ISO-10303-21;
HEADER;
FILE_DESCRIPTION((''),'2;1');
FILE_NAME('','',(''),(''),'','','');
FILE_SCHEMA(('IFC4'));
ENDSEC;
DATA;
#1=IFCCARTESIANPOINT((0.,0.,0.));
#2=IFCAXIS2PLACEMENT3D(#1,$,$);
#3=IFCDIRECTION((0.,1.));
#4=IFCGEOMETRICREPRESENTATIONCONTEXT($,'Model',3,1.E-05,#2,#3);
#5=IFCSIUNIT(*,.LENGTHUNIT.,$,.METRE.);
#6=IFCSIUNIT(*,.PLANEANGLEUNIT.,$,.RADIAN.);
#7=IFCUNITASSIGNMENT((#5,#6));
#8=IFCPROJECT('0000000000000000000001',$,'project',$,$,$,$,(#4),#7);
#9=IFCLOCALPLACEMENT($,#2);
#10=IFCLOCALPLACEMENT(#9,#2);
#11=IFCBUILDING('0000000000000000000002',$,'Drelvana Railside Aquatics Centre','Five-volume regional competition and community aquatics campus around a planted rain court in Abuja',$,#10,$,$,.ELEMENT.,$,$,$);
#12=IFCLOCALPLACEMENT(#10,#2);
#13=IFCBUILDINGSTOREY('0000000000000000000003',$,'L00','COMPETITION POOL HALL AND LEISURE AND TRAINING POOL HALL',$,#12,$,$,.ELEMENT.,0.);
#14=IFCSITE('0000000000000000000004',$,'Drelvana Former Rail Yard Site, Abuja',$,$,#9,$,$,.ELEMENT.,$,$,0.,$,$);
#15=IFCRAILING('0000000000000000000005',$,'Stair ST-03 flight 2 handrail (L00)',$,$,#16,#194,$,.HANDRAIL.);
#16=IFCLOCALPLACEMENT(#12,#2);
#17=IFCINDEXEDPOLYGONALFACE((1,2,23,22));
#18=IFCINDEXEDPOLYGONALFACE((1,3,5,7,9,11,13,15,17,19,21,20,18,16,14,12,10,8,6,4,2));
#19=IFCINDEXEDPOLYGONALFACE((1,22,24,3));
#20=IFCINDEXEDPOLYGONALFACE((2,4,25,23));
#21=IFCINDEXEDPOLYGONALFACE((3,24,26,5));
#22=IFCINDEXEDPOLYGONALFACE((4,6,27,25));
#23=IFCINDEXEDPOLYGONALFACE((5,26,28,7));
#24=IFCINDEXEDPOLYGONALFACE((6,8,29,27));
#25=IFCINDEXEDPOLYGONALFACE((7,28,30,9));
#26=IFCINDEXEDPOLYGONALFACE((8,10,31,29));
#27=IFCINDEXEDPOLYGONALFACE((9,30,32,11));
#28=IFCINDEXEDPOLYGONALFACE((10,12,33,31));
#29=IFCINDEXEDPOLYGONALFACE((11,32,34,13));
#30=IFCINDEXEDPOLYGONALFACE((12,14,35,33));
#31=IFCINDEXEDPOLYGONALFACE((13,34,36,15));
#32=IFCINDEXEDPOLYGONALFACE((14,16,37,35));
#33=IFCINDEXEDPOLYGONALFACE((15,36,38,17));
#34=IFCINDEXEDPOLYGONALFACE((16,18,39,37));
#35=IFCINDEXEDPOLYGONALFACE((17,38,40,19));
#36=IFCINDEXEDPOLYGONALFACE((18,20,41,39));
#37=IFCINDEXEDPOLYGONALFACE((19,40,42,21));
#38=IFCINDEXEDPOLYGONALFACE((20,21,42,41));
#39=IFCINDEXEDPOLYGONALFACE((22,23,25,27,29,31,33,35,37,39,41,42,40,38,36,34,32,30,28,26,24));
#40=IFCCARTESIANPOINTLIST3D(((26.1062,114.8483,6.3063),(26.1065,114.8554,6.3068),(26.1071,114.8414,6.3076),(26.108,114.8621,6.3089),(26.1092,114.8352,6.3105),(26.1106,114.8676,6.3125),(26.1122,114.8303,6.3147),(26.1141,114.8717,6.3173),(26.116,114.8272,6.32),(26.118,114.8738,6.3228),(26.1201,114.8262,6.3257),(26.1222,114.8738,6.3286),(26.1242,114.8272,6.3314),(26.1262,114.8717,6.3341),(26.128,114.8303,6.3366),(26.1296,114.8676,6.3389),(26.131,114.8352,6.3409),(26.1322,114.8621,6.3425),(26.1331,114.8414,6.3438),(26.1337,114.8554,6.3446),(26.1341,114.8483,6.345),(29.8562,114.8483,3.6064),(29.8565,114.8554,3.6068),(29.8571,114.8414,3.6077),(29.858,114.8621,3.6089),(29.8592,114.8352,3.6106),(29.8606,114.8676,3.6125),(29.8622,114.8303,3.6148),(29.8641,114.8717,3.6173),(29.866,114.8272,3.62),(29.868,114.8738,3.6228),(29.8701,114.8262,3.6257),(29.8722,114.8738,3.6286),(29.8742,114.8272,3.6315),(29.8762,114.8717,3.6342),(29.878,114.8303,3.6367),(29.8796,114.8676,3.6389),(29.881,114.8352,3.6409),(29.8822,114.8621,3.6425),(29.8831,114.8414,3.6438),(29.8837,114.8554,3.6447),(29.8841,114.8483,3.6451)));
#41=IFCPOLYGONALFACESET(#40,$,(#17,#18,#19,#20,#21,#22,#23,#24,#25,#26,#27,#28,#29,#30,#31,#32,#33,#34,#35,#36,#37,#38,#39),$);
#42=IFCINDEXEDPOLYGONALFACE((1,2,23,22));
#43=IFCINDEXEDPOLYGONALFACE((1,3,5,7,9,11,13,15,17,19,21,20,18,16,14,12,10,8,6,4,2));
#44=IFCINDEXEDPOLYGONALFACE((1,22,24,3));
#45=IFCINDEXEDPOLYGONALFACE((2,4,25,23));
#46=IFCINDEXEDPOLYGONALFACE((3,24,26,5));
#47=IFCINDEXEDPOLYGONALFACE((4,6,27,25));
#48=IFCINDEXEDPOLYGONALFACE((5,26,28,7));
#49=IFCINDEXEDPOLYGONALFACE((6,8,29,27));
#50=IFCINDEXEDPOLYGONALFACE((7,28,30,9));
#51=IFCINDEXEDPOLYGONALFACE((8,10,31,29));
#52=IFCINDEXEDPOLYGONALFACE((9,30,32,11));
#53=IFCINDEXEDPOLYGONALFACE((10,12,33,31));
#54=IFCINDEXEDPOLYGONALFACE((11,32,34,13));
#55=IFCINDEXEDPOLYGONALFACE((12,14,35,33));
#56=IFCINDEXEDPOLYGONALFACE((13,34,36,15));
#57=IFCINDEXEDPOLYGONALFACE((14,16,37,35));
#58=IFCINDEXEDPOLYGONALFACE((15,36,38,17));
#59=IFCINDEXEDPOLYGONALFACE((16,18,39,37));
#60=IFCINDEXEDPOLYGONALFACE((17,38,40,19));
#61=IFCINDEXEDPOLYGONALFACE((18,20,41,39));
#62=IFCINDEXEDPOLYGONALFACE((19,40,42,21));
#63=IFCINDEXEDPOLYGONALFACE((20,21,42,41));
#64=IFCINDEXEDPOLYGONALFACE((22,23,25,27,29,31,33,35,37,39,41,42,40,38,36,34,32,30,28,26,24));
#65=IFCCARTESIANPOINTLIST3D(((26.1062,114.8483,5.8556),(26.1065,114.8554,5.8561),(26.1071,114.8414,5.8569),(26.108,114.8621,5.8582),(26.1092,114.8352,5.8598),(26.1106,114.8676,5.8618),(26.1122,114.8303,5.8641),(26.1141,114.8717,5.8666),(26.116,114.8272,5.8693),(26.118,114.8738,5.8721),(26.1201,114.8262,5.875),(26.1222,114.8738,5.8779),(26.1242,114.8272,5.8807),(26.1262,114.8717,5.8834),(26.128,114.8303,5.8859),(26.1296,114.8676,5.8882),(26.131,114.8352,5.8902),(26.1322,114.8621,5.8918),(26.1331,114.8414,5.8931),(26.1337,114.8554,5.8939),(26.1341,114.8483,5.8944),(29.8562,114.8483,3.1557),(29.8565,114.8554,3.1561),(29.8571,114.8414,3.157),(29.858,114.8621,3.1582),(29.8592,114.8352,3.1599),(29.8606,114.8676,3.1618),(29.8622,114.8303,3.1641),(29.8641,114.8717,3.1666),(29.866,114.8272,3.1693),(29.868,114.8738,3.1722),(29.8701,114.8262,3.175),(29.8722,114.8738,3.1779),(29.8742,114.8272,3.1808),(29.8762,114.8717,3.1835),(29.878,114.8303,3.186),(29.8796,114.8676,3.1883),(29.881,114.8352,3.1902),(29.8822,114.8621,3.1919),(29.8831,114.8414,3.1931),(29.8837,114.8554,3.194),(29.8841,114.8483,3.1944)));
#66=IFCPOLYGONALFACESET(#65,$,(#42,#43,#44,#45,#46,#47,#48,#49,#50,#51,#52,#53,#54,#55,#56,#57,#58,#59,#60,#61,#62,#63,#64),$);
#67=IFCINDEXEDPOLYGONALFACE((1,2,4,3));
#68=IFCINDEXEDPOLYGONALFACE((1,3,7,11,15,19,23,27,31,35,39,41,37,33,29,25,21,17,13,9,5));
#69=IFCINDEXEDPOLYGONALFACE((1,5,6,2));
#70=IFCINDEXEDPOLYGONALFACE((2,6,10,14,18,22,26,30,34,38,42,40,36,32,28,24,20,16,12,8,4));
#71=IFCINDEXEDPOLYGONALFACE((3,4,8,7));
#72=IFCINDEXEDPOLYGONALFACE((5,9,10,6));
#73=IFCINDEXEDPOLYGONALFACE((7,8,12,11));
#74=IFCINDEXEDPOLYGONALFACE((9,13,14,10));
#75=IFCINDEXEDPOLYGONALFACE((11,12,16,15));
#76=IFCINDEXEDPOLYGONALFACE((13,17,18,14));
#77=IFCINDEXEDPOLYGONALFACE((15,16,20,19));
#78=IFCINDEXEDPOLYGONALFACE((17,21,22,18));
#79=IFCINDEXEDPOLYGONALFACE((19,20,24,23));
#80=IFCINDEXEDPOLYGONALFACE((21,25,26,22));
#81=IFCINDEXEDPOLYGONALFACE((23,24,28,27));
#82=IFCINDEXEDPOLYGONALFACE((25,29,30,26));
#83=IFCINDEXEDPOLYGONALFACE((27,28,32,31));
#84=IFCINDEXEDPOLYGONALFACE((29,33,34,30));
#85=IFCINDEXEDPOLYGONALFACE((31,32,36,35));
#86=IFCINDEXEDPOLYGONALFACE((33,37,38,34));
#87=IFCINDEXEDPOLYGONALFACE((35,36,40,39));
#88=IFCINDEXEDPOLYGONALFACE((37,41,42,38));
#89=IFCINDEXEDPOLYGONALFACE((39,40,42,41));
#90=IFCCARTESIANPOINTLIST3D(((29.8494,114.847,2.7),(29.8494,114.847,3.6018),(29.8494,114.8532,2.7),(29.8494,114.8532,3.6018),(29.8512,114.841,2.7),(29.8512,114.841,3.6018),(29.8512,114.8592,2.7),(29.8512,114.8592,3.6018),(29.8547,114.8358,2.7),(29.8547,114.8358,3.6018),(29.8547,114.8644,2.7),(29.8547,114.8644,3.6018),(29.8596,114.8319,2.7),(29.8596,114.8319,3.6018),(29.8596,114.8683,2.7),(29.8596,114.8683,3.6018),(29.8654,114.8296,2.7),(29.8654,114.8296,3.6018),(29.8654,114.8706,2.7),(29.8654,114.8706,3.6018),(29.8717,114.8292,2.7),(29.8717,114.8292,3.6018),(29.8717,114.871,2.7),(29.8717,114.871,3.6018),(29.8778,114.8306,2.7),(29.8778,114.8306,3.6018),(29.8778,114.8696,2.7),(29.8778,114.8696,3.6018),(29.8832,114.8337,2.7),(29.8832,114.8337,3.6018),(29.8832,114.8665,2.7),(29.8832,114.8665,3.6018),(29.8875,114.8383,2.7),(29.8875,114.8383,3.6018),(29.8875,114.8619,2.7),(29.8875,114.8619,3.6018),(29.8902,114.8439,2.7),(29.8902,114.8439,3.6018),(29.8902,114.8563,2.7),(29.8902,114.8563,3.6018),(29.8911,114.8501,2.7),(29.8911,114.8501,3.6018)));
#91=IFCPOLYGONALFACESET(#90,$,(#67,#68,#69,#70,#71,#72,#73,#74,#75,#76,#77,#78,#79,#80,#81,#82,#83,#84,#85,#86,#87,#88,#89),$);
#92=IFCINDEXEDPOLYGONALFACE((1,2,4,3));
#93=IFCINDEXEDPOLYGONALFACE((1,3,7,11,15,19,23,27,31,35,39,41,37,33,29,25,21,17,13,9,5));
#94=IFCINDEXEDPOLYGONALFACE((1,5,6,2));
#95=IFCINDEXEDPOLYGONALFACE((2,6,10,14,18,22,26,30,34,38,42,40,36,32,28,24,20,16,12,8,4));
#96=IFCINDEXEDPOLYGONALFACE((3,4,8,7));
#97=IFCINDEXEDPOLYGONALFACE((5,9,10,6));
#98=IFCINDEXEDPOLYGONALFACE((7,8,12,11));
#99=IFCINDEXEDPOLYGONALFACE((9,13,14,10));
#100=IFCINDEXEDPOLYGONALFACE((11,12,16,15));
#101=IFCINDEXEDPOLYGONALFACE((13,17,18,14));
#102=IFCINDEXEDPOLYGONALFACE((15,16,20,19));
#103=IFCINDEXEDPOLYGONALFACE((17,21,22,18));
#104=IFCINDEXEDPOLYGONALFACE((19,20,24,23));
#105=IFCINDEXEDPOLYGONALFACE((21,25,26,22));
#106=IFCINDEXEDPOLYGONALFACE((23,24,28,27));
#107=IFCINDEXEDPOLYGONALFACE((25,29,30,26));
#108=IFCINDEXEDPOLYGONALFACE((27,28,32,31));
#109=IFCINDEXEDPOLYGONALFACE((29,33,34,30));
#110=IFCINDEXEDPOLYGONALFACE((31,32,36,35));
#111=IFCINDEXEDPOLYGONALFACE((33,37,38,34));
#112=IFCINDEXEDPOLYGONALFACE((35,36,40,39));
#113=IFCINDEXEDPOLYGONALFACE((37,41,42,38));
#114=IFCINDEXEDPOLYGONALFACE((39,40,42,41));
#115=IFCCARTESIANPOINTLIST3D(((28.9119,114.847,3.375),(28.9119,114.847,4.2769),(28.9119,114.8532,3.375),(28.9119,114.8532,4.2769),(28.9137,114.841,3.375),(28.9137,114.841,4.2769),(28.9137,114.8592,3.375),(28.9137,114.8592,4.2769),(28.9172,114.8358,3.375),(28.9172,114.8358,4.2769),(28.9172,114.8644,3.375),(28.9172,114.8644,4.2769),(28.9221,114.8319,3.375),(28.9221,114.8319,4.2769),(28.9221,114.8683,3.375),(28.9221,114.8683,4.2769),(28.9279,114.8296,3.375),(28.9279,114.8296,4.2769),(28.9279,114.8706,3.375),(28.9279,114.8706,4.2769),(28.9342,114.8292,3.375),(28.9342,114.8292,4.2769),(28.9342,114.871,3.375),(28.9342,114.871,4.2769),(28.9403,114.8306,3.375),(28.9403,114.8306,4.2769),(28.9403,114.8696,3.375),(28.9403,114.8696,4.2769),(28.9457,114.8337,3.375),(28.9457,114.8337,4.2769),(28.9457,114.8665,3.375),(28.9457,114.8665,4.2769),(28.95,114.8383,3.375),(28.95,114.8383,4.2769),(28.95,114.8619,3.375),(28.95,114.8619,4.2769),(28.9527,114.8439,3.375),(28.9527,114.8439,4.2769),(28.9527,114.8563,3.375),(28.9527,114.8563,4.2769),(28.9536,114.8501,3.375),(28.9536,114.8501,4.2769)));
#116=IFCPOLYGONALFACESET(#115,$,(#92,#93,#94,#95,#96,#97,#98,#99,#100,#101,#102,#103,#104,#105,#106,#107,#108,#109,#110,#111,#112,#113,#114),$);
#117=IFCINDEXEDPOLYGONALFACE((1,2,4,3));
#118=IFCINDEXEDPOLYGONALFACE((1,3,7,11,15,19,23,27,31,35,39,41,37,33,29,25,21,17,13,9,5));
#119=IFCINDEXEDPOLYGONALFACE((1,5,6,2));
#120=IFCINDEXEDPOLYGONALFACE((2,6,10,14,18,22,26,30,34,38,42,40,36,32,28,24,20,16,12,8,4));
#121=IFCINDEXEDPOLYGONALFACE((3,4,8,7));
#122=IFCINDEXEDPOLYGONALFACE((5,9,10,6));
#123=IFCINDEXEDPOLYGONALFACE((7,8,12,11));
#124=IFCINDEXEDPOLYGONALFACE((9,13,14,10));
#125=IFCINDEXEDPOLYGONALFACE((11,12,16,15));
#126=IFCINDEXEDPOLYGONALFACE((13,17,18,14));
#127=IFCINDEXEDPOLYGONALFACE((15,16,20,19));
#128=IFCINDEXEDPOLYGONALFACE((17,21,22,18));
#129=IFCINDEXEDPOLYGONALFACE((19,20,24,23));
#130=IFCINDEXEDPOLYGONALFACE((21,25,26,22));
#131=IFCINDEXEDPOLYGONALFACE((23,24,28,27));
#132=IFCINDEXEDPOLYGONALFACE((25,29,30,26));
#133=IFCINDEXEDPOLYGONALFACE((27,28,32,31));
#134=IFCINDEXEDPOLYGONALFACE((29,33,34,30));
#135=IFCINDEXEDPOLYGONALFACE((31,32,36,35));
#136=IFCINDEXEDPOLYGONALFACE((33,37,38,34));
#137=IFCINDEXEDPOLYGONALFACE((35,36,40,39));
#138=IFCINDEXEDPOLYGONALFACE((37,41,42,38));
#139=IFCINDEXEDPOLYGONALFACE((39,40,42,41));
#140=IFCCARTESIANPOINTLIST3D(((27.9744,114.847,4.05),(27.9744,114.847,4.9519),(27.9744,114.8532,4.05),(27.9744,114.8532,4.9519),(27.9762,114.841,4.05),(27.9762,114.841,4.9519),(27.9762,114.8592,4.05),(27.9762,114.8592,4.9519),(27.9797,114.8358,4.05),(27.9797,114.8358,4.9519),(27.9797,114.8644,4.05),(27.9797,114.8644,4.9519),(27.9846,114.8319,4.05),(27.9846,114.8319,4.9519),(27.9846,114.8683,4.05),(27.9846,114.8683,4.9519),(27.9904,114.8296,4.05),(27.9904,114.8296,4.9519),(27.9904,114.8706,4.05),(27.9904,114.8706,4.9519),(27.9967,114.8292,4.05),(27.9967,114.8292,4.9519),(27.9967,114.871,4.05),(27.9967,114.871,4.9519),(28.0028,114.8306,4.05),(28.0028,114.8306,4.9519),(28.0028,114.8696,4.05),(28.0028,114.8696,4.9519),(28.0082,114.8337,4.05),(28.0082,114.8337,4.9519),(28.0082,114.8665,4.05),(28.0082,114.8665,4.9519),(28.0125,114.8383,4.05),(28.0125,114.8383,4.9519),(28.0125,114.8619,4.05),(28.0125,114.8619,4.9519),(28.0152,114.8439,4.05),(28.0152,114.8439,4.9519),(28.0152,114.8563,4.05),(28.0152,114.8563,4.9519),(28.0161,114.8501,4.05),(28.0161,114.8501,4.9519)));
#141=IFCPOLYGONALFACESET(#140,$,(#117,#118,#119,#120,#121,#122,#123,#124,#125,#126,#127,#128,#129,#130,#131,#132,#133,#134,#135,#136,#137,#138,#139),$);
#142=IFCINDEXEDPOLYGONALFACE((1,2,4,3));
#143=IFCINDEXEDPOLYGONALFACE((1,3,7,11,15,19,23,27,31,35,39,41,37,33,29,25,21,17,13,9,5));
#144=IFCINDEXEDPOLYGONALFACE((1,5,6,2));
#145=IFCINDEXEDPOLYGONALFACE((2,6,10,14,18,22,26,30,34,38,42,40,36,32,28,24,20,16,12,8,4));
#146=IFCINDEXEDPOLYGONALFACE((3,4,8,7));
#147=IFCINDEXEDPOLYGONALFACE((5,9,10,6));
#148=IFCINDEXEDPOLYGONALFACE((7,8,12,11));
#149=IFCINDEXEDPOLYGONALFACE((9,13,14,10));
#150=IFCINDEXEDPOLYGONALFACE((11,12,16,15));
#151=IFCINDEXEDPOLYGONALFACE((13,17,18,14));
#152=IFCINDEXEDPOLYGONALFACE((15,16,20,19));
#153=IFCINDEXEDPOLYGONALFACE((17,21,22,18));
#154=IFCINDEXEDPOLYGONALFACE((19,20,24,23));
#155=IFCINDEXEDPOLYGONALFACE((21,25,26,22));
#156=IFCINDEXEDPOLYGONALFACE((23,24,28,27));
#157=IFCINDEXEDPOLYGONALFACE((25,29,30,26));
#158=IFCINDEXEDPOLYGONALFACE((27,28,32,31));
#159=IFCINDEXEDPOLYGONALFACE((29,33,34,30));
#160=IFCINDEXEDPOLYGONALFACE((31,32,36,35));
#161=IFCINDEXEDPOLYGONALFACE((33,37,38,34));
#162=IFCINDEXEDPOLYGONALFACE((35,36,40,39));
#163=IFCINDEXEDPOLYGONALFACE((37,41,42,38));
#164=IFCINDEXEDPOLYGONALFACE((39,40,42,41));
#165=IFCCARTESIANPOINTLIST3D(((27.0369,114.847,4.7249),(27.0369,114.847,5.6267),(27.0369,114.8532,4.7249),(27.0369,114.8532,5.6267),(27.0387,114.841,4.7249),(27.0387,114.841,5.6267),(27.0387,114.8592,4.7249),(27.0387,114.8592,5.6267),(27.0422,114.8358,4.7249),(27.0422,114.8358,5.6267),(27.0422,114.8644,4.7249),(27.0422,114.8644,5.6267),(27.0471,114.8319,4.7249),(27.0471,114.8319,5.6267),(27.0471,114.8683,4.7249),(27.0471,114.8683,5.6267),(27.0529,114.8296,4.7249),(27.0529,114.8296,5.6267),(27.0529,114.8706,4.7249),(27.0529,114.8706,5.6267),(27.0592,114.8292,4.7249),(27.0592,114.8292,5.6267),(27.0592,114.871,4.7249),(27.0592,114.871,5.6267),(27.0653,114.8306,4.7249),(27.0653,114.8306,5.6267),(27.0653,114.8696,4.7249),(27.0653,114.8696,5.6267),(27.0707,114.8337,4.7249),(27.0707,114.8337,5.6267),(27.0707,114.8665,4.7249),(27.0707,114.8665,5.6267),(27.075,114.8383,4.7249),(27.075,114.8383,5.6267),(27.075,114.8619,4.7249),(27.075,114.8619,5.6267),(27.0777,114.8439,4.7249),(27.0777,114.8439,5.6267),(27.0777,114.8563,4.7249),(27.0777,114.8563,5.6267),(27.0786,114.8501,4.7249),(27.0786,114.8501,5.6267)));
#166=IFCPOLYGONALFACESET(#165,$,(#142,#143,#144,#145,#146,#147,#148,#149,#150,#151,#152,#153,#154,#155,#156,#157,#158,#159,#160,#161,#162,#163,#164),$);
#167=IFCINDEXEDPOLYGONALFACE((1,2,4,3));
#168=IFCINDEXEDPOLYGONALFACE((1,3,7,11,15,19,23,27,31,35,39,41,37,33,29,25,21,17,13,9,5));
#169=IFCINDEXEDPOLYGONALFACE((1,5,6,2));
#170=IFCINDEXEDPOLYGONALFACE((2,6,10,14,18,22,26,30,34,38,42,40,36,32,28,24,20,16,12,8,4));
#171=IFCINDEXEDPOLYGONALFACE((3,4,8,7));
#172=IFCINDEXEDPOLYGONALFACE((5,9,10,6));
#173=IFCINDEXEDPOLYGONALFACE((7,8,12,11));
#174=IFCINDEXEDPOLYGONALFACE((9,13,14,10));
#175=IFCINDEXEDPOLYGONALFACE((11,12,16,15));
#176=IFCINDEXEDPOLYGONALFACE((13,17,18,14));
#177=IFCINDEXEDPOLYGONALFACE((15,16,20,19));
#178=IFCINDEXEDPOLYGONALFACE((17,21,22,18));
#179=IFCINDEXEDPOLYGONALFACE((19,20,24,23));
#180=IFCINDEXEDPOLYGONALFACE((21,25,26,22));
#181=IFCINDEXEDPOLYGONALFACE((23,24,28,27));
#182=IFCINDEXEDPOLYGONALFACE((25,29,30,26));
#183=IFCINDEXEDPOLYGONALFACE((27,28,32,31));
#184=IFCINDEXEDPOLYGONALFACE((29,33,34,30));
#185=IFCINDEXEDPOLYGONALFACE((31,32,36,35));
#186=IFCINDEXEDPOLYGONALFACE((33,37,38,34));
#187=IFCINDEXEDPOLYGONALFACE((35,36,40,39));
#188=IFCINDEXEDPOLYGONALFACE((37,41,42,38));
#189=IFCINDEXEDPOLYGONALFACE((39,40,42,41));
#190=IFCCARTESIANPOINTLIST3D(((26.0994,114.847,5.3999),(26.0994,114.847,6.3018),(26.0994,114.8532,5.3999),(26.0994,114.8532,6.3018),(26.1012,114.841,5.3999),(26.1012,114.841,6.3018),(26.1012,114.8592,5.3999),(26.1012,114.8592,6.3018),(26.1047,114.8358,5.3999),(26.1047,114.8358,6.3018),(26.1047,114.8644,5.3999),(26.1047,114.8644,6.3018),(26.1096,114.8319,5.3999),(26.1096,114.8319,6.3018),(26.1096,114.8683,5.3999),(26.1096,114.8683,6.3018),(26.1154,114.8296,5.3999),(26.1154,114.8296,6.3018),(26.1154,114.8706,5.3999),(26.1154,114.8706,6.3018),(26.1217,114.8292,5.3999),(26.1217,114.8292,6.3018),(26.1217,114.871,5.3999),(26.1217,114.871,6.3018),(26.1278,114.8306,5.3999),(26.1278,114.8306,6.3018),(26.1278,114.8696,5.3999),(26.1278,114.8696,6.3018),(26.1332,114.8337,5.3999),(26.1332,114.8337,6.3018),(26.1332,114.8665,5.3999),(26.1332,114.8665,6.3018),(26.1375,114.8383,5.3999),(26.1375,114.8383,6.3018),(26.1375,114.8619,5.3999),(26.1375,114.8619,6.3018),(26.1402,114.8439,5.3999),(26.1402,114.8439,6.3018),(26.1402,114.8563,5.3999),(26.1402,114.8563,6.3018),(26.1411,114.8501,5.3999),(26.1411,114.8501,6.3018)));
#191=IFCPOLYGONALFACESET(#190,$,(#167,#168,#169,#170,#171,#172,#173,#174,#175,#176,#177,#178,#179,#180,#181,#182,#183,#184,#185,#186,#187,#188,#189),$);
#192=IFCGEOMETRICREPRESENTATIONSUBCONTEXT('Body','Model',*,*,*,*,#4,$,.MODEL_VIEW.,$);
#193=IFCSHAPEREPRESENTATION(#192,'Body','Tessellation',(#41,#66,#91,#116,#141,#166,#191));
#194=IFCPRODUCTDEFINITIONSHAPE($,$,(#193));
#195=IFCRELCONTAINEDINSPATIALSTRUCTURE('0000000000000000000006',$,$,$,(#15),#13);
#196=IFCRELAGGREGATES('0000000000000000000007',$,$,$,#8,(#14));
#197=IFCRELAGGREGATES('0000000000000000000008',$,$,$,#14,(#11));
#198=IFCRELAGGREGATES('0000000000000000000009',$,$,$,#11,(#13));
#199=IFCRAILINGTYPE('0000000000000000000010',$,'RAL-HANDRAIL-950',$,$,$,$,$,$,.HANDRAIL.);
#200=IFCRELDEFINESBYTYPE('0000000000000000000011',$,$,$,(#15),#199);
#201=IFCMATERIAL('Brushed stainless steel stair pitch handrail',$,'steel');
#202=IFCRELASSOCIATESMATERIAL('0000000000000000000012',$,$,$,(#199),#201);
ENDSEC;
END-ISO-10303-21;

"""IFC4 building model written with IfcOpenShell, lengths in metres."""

from ifc_helpers import new_model, si_unit, direction, frame, origin, origin_2d, place, context, subcontext, project, spatial, circle, extrude, material, type_object, element, save


model = new_model("IFC4")

# Units and contexts
model_context = context("Model", 3, precision=1e-05, world=origin(), true_north=direction((0.0, 1.0)))
body_context = subcontext(model_context, "Body", "Model", "MODEL_VIEW")
ifc_project = project(units=[si_unit("LENGTHUNIT", "METRE"), si_unit("PLANEANGLEUNIT", "RADIAN")], contexts=[model_context])

# Site, building, storey
site_placement = place(None, origin())
site = spatial("IfcSite", under=ifc_project, at=site_placement, Name="Drelvana Former Rail Yard Site, Abuja", CompositionType="ELEMENT", RefElevation=0.0)
building_placement = place(site_placement, origin())
building = spatial("IfcBuilding", under=site, at=building_placement, Name="Drelvana Railside Aquatics Centre", Description="Five-volume regional competition and community aquatics campus around a planted rain court in Abuja", CompositionType="ELEMENT")
storey_placement = place(building_placement, origin())
storey = spatial("IfcBuildingStorey", under=building, at=storey_placement, Name="L00", Description="COMPETITION POOL HALL AND LEISURE AND TRAINING POOL HALL", CompositionType="ELEMENT", Elevation=0.0)

# Railing
ifc_material_1 = material(Name="Brushed stainless steel stair pitch handrail", Category="steel")
railing_type = type_object("IfcRailingType", Name="RAL-HANDRAIL-950", PredefinedType="HANDRAIL", material=ifc_material_1)
railing_1_placement = place(storey_placement, frame((29.8701, 114.8501, 2.7)))
element("IfcRailing", 1, at=railing_1_placement, inside=storey, type_object=railing_type, Name="Stair ST-03 flight 2 handrail (L00)", PredefinedType="HANDRAIL", context=body_context, shape_type="SweptSolid", body=[
    extrude(circle(Radius=0.0239, at=origin_2d()), frame((0.0, 0.0, 0.9258), z_axis=(-0.811539, 0.0, 0.584298), x_axis=(0.0, -1.0, 0.0)), (0.0, 0.0, 1.0), 4.6208),
    extrude(circle(Radius=0.0239, at=origin_2d()), frame((0.0, 0.0, 0.4751), z_axis=(-0.811539, 0.0, 0.584298), x_axis=(0.0, -1.0, 0.0)), (0.0, 0.0, 1.0), 4.6208),
    extrude(circle(Radius=0.021, at=origin_2d()), origin(), (0.0, 0.0, 1.0), 0.9019),
    extrude(circle(Radius=0.021, at=origin_2d()), frame((-0.9375, 0.0, 0.675)), (0.0, 0.0, 1.0), 0.9019),
    extrude(circle(Radius=0.021, at=origin_2d()), frame((-1.875, 0.0, 1.3501)), (0.0, 0.0, 1.0), 0.9019),
    extrude(circle(Radius=0.021, at=origin_2d()), frame((-2.8125, 0.0, 2.0249)), (0.0, 0.0, 1.0), 0.9019),
    extrude(circle(Radius=0.021, at=origin_2d()), frame((-3.75, 0.0, 2.7)), (0.0, 0.0, 1.0), 0.9019),
])

save(model, "model.ifc")
